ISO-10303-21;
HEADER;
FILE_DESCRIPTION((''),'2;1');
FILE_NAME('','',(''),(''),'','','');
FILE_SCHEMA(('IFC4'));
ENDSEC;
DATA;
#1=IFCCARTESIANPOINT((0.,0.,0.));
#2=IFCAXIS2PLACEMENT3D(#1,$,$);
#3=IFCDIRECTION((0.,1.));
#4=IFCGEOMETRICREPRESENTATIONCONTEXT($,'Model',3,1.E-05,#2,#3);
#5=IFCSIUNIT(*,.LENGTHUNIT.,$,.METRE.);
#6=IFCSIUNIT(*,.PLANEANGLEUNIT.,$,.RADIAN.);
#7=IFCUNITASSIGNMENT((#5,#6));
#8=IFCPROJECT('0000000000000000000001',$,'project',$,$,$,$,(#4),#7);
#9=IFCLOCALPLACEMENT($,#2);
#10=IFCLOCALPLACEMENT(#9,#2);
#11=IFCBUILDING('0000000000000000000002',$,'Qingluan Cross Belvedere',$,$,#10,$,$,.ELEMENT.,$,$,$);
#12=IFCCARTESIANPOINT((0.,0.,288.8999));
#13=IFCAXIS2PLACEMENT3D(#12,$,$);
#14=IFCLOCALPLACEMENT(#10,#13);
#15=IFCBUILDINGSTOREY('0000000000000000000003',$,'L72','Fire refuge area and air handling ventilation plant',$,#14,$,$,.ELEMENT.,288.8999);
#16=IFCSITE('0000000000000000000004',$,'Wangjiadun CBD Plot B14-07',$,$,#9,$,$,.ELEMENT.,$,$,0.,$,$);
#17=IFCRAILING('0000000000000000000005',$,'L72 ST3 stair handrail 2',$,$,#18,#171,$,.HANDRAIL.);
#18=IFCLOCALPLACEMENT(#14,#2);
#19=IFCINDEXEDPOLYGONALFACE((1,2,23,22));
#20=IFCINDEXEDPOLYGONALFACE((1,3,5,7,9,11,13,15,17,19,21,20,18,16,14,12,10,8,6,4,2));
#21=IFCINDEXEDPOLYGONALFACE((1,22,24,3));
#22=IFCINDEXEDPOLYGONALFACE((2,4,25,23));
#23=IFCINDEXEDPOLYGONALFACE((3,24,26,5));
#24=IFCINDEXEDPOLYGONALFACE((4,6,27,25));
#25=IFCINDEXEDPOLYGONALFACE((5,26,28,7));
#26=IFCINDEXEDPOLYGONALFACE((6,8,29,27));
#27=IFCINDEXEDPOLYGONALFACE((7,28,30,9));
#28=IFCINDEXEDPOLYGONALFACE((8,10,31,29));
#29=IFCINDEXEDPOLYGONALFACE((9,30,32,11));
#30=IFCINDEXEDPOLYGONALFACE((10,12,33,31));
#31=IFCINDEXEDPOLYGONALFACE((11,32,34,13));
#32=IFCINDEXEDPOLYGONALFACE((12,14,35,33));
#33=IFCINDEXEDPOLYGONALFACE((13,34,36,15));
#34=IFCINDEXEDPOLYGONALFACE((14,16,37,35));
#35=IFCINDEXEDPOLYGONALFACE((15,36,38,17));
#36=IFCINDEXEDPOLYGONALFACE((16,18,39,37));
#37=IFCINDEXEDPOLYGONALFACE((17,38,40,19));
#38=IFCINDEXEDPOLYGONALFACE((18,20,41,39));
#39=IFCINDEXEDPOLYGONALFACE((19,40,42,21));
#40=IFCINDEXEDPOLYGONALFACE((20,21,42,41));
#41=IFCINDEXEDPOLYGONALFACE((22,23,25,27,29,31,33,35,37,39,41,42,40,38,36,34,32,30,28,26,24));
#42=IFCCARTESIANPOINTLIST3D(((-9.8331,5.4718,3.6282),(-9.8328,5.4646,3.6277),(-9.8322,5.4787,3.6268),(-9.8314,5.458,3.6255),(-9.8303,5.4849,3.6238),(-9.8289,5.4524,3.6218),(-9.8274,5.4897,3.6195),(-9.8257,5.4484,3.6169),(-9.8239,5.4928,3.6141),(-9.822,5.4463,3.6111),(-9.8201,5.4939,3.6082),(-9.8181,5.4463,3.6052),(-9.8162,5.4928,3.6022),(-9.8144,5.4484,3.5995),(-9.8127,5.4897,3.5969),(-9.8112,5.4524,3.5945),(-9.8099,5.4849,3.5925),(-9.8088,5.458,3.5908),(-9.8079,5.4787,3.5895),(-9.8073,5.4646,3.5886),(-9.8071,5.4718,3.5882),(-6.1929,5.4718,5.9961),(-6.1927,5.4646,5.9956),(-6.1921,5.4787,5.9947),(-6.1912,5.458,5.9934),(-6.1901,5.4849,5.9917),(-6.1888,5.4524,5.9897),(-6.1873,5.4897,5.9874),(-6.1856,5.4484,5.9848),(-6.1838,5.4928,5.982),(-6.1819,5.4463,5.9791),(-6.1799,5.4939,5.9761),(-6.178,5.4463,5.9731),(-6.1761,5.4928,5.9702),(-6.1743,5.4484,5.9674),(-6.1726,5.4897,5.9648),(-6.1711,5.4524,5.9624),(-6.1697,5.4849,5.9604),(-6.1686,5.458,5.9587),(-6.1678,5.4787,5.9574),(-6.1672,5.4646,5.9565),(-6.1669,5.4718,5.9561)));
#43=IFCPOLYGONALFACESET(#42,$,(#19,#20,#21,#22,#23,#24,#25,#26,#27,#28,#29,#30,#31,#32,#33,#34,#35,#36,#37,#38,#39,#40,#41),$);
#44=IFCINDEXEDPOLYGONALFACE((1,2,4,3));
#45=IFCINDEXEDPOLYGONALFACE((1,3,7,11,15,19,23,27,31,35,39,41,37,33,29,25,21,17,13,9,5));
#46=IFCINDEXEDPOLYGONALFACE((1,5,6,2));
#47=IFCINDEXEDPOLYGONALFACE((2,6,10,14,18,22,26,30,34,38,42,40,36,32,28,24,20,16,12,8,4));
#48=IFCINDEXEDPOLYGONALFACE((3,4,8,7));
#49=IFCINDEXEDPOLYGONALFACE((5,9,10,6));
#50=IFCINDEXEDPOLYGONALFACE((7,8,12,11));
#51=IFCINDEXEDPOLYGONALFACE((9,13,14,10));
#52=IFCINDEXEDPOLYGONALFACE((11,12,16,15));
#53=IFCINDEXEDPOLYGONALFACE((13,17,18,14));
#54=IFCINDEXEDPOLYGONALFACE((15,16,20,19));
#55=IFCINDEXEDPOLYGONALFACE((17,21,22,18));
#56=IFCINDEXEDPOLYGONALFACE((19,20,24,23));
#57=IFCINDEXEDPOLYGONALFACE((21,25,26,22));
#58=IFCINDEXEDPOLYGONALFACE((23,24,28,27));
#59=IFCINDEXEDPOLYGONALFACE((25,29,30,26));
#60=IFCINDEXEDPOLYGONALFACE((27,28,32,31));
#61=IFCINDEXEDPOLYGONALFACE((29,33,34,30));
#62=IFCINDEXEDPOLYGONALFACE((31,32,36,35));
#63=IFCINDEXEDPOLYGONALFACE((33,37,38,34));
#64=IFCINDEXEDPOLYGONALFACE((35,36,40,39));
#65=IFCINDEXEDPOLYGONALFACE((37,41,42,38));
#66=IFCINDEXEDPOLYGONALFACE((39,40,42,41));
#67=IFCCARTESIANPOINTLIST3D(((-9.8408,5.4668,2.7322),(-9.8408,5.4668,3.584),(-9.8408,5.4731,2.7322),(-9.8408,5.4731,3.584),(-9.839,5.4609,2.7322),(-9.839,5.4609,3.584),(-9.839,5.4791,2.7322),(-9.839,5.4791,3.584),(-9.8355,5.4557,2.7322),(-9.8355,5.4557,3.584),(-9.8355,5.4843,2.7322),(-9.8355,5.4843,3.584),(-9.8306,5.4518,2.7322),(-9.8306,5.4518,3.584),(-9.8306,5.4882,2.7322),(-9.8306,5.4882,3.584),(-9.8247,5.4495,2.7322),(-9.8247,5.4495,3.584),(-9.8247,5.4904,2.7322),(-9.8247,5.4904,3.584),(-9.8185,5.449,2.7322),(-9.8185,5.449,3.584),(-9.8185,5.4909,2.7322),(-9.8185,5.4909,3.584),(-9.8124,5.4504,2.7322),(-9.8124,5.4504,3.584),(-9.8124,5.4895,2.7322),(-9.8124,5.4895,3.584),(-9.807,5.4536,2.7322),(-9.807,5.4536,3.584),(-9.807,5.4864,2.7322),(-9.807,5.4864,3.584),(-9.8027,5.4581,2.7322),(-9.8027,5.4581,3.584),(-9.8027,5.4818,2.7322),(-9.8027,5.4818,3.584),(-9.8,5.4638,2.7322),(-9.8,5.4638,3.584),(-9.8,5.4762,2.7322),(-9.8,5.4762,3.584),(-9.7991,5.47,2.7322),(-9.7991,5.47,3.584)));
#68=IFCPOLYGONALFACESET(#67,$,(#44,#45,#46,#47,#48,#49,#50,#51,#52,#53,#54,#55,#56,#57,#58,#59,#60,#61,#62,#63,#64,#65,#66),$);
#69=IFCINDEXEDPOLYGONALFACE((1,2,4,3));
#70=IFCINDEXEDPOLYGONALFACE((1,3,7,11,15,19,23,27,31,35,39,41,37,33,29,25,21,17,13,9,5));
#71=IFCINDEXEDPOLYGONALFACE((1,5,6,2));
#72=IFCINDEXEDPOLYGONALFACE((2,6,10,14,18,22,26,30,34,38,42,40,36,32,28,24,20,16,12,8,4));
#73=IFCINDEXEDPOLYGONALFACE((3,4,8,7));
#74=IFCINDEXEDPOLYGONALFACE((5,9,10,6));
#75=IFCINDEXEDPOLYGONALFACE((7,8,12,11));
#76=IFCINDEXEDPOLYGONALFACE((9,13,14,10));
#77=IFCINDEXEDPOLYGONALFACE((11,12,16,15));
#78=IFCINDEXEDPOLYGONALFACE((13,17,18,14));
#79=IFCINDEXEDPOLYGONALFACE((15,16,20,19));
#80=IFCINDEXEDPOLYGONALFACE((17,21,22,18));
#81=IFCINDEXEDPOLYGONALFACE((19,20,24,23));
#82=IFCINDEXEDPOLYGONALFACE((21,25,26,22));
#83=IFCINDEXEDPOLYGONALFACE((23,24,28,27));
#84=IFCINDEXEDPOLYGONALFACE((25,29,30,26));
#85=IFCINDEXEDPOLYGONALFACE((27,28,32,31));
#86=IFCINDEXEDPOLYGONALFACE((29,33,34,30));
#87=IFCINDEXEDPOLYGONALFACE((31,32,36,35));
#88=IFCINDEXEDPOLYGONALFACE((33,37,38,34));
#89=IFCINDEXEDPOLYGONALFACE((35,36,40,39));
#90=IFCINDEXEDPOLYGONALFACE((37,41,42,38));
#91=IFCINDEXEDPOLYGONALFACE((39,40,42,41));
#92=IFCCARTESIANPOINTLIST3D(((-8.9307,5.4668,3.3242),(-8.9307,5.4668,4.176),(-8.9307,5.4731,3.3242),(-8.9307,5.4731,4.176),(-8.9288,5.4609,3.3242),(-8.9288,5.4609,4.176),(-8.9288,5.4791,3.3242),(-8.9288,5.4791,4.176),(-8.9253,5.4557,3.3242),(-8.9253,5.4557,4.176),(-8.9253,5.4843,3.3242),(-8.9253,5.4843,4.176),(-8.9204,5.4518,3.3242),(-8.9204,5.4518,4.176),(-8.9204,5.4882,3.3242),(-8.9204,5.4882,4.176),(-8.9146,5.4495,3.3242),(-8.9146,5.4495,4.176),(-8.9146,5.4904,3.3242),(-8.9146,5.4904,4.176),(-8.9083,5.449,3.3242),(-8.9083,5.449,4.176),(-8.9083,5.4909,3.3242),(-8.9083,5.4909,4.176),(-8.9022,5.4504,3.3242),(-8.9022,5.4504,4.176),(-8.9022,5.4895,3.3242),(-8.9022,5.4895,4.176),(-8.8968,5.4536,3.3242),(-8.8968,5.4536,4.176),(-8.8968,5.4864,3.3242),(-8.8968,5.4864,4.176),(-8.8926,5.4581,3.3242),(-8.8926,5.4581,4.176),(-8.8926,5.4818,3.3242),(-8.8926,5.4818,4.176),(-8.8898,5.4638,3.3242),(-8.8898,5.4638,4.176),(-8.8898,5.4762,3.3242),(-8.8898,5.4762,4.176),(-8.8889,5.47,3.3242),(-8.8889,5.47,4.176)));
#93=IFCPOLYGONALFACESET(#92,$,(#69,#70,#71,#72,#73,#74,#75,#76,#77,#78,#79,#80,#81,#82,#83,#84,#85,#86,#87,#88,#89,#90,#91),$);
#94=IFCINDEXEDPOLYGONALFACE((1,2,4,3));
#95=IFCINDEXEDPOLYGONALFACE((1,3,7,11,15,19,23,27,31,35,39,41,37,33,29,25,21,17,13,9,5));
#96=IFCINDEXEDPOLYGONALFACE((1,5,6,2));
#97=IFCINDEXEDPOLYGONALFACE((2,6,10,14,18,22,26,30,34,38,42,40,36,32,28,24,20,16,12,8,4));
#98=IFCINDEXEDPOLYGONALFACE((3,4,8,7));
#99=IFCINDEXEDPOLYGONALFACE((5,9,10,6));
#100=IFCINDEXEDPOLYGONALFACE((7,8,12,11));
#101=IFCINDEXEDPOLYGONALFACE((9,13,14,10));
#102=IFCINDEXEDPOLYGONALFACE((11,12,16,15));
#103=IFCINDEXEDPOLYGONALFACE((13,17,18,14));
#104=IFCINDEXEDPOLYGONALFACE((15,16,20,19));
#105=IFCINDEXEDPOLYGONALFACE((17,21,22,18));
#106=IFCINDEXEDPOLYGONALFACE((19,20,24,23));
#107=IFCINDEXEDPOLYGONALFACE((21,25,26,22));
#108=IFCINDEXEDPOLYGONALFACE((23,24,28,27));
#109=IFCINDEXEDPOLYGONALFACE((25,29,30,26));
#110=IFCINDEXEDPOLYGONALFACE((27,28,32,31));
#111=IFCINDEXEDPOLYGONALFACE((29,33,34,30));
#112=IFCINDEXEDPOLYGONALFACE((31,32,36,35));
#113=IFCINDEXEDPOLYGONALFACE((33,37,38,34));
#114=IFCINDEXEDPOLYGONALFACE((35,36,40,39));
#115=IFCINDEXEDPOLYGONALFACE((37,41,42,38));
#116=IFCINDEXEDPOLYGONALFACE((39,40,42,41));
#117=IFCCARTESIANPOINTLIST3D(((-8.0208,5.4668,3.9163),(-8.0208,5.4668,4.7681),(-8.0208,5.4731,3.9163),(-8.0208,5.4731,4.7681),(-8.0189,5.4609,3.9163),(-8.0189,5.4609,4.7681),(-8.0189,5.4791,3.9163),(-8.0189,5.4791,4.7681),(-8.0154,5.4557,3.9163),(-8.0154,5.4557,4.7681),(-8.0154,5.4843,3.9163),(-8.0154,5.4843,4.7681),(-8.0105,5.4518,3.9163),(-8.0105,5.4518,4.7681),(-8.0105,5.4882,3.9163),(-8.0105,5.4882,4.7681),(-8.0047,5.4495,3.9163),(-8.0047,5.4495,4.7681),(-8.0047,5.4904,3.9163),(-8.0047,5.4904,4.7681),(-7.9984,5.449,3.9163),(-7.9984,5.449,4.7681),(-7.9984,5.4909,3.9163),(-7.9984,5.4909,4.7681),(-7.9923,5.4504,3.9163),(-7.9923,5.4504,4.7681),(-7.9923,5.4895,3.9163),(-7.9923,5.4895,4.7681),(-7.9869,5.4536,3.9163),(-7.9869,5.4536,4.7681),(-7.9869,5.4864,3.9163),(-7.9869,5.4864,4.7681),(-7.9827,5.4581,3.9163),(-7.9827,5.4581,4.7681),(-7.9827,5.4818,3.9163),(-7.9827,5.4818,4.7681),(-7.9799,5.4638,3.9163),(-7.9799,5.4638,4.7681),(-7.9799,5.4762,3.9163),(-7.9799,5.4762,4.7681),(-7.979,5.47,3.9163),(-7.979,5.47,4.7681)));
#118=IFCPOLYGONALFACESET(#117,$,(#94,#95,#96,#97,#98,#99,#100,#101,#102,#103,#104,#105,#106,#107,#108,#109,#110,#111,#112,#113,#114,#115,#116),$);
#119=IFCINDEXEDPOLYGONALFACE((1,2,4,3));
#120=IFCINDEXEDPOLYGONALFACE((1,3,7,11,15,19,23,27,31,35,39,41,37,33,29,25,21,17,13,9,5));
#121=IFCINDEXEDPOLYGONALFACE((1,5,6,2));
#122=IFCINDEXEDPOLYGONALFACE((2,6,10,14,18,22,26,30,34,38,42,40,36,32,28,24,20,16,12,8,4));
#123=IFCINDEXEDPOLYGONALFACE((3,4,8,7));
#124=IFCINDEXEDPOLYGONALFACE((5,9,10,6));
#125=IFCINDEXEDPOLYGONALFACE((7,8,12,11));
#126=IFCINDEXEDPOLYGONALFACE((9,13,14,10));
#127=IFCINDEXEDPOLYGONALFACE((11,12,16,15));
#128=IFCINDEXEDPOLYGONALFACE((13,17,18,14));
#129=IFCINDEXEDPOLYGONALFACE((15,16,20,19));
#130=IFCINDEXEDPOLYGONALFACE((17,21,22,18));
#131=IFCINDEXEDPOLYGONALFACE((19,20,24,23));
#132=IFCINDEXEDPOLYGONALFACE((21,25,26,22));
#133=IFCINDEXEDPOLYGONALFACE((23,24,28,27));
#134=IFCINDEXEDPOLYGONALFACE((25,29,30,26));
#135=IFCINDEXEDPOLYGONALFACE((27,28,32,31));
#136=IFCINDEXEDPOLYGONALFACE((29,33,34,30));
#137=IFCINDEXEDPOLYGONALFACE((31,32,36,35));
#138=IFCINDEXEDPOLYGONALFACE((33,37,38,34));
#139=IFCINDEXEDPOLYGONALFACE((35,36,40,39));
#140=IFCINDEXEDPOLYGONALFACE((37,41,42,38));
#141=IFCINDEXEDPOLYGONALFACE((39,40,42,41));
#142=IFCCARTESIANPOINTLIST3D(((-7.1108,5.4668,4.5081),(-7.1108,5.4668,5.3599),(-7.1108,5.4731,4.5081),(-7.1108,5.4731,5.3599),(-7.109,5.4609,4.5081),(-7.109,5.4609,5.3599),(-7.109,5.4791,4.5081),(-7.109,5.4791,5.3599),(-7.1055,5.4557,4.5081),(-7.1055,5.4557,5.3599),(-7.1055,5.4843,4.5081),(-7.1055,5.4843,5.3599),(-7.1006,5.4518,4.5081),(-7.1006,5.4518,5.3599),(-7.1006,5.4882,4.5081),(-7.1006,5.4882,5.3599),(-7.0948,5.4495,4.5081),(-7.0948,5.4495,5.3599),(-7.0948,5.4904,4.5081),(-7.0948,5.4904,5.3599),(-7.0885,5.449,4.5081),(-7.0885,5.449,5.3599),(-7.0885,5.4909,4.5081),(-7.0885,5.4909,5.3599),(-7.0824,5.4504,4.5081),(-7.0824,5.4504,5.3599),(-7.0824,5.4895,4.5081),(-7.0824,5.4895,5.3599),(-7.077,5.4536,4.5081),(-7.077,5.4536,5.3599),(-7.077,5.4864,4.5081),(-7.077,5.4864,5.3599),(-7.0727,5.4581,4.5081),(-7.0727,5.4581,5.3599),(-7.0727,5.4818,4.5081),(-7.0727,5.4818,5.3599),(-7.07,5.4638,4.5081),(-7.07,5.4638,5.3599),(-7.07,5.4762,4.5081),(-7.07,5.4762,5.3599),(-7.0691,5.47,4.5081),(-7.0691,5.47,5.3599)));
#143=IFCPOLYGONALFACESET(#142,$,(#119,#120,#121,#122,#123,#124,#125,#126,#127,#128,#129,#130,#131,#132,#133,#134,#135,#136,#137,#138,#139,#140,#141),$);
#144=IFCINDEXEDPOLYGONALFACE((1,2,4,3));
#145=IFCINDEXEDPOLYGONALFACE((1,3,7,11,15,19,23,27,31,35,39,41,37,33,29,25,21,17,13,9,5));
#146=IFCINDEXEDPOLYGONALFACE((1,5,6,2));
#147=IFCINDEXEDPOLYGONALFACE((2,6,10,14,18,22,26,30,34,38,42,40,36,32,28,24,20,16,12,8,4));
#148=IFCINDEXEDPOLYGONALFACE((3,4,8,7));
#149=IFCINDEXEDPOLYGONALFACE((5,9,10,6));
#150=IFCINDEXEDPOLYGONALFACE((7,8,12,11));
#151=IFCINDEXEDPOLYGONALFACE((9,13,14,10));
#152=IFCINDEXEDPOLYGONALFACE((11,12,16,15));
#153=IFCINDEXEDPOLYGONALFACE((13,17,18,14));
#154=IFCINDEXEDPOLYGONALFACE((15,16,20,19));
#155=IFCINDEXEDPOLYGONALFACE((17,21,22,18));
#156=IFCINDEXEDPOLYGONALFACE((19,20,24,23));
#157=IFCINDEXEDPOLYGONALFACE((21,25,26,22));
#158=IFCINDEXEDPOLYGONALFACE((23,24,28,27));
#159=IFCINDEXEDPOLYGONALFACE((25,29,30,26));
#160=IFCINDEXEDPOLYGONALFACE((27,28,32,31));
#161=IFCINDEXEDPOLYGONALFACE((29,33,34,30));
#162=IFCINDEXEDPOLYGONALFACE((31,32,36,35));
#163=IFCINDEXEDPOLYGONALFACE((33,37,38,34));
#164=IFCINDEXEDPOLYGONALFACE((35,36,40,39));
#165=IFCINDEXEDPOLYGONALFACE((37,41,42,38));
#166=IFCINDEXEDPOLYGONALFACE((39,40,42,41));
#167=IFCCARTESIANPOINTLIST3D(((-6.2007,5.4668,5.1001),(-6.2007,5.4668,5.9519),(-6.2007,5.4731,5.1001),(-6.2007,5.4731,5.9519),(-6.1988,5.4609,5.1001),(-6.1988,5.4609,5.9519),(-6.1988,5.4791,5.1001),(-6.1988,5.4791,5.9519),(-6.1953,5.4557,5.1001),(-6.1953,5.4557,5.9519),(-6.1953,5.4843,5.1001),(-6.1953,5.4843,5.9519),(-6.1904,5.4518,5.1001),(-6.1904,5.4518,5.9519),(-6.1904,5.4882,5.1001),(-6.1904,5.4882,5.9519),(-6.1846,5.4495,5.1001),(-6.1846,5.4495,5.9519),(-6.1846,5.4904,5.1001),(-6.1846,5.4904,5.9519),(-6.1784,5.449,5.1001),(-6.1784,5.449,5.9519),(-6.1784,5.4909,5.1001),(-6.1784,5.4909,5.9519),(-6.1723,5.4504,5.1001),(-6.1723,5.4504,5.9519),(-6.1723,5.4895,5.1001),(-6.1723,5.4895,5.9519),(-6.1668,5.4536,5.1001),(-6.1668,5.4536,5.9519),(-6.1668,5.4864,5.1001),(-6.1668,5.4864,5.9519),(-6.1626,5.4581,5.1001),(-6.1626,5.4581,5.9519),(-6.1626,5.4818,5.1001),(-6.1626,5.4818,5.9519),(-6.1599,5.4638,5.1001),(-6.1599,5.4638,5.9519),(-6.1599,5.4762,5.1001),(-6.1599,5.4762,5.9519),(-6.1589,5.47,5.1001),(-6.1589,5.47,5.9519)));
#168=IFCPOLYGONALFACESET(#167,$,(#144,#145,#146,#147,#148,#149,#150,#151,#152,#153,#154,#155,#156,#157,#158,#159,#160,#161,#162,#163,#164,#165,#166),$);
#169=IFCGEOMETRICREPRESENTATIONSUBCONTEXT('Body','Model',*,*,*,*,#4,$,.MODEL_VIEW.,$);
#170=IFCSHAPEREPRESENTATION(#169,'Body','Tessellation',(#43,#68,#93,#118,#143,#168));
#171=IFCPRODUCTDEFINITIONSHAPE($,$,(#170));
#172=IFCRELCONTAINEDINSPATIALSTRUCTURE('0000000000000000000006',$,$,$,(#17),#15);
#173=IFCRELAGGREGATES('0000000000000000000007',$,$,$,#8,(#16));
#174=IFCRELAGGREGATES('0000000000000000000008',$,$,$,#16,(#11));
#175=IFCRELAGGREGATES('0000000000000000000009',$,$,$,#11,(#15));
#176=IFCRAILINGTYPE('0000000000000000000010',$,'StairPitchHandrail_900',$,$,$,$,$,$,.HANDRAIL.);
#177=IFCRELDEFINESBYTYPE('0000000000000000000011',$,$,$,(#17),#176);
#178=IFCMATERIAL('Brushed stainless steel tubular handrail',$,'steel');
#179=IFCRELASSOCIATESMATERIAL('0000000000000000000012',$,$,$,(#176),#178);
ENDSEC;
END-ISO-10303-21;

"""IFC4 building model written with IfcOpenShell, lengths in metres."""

from ifc_helpers import new_model, si_unit, direction, frame, origin, origin_2d, place, context, subcontext, project, spatial, circle, extrude, material, type_object, element, save


model = new_model("IFC4")

# Units and contexts
model_context = context("Model", 3, precision=1e-05, world=origin(), true_north=direction((0.0, 1.0)))
body_context = subcontext(model_context, "Body", "Model", "MODEL_VIEW")
ifc_project = project(units=[si_unit("LENGTHUNIT", "METRE"), si_unit("PLANEANGLEUNIT", "RADIAN")], contexts=[model_context])

# Site, building, storey
site_placement = place(None, origin())
site = spatial("IfcSite", under=ifc_project, at=site_placement, Name="Wangjiadun CBD Plot B14-07", CompositionType="ELEMENT", RefElevation=0.0)
building_placement = place(site_placement, origin())
building = spatial("IfcBuilding", under=site, at=building_placement, Name="Qingluan Cross Belvedere", CompositionType="ELEMENT")
storey_placement = place(building_placement, frame((0.0, 0.0, 288.8999)))
storey = spatial("IfcBuildingStorey", under=building, at=storey_placement, Name="L72", Description="Fire refuge area and air handling ventilation plant", CompositionType="ELEMENT", Elevation=288.8999)

# Railing
ifc_material_1 = material(Name="Brushed stainless steel tubular handrail", Category="steel")
railing_type_1 = type_object("IfcRailingType", Name="StairPitchHandrail_900", PredefinedType="HANDRAIL", material=ifc_material_1)
railing_1_placement = place(storey_placement, frame((-9.8201, 5.47, 2.7322)))
element("IfcRailing", 1, at=railing_1_placement, inside=storey, type_object=railing_type_1, Name="L72 ST3 stair handrail 2", PredefinedType="HANDRAIL", context=body_context, shape_type="SweptSolid", body=[
    extrude(circle(Radius=0.0239, at=origin_2d()), frame((0.0, 0.0, 0.876), z_axis=(0.838251, 0.0, 0.545285), x_axis=(0.0, 1.0, 0.0)), (0.0, 0.0, 1.0), 4.3425),
    extrude(circle(Radius=0.021, at=origin_2d()), origin(), (0.0, 0.0, 1.0), 0.8518),
    extrude(circle(Radius=0.021, at=origin_2d()), frame((0.9102, 0.0, 0.592)), (0.0, 0.0, 1.0), 0.8518),
    extrude(circle(Radius=0.021, at=origin_2d()), frame((1.8201, 0.0, 1.1841)), (0.0, 0.0, 1.0), 0.8518),
    extrude(circle(Radius=0.021, at=origin_2d()), frame((2.73, 0.0, 1.7759)), (0.0, 0.0, 1.0), 0.8518),
    extrude(circle(Radius=0.021, at=origin_2d()), frame((3.6401, 0.0, 2.3679)), (0.0, 0.0, 1.0), 0.8518),
])

save(model, "model.ifc")
